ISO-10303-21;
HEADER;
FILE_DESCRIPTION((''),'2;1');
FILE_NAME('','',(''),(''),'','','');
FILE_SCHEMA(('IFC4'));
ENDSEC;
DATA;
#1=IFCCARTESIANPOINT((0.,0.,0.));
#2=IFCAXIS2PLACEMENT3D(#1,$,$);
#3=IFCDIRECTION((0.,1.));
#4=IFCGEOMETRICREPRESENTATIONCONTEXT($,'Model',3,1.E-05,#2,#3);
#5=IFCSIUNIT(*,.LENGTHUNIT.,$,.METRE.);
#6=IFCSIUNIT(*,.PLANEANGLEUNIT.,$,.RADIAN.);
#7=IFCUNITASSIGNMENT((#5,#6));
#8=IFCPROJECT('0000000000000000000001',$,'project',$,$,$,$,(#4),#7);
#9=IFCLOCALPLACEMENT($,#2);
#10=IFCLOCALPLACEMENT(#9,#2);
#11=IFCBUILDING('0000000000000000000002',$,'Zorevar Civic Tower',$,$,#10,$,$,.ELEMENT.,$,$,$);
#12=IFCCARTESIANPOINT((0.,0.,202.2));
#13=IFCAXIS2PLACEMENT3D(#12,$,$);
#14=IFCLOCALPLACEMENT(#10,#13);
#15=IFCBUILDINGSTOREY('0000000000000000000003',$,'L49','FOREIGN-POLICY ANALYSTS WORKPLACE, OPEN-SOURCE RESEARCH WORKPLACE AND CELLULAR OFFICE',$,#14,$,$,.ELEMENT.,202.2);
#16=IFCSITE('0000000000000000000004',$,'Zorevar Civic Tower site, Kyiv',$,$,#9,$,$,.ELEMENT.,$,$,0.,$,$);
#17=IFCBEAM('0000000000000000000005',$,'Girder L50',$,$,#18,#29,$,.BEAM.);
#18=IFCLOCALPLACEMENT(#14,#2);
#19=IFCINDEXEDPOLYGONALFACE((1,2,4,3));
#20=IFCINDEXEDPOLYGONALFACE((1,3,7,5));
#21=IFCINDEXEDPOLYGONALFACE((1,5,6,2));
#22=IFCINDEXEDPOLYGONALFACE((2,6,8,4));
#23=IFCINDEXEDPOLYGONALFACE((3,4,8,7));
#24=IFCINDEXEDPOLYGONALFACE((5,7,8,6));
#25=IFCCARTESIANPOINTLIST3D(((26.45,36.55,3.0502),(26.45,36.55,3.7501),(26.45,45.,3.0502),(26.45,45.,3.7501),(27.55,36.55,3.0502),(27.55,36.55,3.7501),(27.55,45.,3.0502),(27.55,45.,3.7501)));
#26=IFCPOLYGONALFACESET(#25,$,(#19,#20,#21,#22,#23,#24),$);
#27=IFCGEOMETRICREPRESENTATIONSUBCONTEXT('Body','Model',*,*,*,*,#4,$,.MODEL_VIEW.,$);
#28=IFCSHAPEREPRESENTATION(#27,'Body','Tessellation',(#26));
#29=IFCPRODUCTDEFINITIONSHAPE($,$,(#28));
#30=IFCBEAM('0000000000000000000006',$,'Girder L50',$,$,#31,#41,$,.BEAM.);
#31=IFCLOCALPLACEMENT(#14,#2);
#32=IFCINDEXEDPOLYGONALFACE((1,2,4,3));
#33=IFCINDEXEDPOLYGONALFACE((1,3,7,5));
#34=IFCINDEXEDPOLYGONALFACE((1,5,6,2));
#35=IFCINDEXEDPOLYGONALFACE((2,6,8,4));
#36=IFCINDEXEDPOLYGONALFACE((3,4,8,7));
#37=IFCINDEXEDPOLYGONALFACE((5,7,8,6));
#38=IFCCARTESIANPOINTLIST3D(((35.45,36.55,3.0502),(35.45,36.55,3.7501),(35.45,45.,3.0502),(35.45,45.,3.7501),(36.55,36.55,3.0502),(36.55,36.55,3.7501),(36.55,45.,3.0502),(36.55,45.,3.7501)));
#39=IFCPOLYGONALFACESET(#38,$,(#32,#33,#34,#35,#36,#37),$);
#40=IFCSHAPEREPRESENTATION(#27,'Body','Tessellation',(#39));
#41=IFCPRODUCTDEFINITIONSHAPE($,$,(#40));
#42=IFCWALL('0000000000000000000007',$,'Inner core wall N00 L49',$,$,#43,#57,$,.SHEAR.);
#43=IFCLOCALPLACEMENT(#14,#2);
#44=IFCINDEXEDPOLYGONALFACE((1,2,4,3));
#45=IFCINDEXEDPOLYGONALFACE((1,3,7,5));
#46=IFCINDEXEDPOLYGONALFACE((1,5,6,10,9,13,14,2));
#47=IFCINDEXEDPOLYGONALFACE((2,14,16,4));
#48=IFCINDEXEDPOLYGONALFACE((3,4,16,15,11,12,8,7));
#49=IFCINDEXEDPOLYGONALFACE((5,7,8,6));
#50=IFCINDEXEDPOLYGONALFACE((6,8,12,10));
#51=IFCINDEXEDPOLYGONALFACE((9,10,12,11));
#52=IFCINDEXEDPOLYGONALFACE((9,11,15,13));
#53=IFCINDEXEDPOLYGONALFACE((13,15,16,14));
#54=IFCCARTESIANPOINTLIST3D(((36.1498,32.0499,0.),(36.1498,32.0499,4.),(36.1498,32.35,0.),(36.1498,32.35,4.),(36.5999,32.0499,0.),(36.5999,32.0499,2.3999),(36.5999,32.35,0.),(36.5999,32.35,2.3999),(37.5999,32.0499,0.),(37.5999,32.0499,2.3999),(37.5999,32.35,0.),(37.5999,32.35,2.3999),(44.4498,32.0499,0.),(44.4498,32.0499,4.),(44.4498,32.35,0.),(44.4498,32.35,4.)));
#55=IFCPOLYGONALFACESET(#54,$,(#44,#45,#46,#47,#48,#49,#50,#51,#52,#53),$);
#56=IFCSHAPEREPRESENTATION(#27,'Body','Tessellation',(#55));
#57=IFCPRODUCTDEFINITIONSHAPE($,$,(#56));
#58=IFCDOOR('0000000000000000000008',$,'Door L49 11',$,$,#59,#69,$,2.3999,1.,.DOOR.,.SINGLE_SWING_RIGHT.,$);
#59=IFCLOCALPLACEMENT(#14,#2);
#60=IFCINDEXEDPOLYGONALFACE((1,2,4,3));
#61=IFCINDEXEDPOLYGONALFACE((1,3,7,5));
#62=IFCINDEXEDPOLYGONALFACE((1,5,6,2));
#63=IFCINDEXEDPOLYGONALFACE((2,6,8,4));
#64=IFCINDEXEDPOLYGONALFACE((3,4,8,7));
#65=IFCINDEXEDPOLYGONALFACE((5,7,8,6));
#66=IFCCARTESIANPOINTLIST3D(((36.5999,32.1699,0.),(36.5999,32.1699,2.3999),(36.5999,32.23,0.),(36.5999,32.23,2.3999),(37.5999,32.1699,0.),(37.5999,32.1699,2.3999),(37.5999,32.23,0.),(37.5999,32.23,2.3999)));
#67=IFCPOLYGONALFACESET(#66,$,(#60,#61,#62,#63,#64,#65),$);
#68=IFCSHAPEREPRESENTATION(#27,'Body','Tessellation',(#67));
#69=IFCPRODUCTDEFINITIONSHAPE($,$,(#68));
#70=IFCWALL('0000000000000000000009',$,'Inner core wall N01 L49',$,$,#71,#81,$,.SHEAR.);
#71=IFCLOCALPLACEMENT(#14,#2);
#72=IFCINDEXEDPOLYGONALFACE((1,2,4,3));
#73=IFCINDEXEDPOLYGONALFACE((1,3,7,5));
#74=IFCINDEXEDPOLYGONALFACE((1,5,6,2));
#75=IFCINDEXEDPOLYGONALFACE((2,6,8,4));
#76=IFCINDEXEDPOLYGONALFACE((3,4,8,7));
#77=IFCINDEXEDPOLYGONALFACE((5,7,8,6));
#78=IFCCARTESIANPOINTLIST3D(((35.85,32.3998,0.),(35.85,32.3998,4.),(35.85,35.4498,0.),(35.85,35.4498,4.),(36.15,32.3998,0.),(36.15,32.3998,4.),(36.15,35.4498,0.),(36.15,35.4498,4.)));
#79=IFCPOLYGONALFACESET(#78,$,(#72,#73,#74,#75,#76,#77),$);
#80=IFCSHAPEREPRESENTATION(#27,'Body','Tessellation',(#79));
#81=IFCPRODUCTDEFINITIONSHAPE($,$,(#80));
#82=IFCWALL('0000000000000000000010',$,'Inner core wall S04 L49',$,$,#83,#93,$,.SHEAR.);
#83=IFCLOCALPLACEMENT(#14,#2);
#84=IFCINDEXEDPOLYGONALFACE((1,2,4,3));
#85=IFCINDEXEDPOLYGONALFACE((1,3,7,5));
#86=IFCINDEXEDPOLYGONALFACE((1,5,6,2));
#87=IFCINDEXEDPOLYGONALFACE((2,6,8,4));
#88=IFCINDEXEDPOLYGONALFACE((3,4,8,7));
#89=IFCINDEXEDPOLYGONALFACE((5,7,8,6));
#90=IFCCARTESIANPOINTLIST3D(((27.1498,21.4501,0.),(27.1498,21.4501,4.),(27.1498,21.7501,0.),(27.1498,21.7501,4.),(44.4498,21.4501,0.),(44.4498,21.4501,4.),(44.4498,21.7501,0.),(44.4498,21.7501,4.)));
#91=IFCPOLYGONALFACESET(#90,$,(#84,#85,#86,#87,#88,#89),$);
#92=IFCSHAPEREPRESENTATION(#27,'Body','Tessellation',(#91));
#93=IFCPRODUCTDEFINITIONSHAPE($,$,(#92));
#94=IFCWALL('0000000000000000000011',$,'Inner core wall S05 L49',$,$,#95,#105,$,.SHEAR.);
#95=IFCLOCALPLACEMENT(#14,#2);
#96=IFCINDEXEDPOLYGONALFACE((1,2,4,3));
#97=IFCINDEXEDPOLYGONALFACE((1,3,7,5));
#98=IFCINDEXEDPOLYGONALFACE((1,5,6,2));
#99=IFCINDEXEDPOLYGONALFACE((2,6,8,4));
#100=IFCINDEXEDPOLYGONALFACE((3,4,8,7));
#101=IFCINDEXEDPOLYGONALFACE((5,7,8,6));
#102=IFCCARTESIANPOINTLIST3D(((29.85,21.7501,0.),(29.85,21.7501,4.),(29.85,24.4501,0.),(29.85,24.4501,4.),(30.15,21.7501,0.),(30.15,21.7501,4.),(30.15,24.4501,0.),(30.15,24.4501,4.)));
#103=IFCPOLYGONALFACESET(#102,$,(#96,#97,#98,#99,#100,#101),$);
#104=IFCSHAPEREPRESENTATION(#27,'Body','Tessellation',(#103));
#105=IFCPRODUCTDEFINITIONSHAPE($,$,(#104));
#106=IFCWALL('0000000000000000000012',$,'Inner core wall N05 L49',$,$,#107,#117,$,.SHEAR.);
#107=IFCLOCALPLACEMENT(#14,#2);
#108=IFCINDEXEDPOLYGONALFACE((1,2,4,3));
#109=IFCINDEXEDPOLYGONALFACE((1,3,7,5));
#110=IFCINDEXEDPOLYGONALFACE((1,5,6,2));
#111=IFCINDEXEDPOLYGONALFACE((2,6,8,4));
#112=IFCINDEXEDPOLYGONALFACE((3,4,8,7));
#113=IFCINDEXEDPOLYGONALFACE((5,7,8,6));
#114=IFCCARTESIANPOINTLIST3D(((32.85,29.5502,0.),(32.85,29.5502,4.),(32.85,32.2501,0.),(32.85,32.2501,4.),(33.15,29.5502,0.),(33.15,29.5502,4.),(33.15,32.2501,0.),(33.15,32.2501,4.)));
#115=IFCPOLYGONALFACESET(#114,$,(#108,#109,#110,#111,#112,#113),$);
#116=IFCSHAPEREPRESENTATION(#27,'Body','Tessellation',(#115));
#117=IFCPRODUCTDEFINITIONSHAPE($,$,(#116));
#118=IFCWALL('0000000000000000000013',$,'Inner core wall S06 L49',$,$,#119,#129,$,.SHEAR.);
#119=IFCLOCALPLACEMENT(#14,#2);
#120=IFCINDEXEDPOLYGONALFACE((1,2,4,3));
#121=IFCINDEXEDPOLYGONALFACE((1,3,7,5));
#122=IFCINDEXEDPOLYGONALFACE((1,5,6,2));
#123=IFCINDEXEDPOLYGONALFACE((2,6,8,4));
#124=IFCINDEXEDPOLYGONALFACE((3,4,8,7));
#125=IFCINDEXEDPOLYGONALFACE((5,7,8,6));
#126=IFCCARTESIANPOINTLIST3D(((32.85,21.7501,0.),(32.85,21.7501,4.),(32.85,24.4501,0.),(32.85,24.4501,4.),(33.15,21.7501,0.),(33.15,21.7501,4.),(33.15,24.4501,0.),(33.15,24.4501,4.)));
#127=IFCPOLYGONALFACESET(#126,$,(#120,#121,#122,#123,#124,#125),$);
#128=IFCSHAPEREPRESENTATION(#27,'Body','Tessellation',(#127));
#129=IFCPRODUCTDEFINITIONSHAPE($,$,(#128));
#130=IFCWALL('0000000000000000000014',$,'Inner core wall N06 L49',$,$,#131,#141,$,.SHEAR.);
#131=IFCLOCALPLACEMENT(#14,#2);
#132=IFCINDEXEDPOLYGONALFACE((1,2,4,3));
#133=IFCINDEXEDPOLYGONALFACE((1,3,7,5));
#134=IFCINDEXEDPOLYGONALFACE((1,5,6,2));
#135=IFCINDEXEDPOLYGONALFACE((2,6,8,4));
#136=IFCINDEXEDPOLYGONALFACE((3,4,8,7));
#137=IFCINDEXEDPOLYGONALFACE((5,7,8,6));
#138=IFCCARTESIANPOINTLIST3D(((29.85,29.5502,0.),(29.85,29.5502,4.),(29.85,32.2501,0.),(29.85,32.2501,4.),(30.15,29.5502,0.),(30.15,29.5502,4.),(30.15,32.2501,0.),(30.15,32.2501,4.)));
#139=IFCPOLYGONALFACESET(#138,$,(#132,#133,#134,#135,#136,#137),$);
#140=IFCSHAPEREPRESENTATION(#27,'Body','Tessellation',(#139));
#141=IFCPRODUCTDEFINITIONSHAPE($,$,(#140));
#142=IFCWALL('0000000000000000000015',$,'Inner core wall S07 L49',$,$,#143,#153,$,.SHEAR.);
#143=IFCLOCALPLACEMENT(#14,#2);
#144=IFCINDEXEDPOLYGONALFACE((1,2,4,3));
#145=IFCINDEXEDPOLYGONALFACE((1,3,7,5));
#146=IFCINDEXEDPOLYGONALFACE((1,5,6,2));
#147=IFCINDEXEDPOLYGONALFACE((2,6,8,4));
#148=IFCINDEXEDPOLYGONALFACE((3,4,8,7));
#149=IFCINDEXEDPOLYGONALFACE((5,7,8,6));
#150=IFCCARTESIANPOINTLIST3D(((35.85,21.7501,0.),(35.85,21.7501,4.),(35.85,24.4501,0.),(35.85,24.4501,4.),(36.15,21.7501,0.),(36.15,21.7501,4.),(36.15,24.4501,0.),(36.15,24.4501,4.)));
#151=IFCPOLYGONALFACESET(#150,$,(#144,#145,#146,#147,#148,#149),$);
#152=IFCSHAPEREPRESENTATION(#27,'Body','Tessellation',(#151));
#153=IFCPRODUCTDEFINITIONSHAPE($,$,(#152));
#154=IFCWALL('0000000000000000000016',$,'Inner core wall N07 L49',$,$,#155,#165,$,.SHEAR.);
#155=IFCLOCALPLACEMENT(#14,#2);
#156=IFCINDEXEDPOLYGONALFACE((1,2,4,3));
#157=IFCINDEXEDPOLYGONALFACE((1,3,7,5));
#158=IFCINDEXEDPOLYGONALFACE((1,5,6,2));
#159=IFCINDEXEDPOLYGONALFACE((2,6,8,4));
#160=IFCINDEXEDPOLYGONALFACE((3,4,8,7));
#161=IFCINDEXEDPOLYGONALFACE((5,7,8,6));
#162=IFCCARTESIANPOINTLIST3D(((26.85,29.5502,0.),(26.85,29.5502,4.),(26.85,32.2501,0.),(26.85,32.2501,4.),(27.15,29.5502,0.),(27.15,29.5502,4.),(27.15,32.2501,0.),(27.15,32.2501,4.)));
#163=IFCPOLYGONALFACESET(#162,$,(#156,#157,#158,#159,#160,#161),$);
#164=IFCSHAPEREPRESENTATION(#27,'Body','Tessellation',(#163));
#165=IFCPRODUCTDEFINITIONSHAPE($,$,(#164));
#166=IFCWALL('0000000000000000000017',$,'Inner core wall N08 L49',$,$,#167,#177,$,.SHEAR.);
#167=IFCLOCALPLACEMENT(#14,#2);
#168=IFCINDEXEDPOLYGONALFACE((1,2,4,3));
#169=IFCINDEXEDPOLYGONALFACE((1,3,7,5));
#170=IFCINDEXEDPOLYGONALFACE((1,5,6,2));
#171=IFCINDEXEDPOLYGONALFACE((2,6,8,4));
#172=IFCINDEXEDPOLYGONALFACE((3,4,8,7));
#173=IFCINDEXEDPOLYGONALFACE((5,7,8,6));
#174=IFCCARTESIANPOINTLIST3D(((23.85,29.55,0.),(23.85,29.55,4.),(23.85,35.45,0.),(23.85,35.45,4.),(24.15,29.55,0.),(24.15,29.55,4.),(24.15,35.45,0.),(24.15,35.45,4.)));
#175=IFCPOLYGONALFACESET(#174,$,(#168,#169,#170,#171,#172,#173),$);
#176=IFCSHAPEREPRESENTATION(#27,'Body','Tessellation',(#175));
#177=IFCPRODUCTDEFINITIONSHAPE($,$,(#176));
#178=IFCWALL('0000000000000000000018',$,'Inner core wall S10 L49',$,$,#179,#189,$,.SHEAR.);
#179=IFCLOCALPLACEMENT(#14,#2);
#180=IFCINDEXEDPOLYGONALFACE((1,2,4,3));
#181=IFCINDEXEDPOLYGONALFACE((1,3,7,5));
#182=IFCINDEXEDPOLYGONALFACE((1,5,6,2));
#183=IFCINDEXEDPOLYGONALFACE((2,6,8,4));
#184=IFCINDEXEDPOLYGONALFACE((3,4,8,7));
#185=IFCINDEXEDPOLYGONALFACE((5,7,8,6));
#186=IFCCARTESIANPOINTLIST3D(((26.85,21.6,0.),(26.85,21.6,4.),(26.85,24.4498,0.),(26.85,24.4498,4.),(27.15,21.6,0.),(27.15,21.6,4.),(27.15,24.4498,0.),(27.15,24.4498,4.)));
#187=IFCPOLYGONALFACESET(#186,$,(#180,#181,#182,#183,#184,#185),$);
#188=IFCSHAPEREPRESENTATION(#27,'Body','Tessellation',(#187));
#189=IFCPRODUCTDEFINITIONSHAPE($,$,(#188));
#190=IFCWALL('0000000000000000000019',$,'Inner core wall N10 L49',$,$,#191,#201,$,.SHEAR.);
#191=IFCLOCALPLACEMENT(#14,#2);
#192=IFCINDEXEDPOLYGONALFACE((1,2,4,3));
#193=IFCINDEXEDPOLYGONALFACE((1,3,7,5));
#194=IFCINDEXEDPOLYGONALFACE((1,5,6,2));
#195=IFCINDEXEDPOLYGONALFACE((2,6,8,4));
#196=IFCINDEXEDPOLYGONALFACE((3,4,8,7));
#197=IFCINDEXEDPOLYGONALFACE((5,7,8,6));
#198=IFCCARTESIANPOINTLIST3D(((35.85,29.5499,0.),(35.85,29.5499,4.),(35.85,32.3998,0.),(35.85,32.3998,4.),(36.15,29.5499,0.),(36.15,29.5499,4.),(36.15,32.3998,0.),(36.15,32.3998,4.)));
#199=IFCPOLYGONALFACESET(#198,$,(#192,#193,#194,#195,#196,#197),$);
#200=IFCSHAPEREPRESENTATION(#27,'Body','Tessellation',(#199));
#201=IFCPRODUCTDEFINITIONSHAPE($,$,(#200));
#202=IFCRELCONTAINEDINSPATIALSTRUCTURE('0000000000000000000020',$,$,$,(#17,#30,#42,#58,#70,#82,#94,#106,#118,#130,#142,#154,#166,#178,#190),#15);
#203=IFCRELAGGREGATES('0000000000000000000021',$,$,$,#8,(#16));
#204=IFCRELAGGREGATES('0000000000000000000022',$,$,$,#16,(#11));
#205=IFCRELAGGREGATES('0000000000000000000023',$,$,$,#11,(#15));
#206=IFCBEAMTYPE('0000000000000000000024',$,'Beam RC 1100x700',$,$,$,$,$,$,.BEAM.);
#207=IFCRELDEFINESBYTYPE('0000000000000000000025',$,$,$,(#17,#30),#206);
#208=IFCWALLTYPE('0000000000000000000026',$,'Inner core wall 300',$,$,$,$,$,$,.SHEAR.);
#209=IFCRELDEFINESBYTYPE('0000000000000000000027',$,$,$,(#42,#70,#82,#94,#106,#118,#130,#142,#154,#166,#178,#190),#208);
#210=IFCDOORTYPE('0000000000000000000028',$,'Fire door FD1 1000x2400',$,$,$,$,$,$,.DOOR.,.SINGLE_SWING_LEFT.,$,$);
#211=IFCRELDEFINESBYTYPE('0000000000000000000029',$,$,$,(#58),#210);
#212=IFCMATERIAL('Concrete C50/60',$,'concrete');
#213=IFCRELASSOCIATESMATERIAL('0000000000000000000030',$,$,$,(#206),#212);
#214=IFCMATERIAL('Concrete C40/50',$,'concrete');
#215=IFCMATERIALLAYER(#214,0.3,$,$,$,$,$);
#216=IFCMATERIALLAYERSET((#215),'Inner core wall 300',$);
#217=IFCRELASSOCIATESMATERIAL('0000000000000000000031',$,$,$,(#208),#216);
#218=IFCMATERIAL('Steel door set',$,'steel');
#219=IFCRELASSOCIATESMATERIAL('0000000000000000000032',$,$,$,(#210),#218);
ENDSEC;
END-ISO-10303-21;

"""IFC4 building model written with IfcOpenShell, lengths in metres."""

from ifc_helpers import new_model, si_unit, direction, frame, frame_2d, origin, origin_2d, place, context, subcontext, project, spatial, rectangle, extrude, material, layer, layer_set, material_profile, profile_set, type_object, element, fill, save


model = new_model("IFC4")

# Units and contexts
model_context = context("Model", 3, precision=1e-05, world=origin(), true_north=direction((0.0, 1.0)))
body_context = subcontext(model_context, "Body", "Model", "MODEL_VIEW")
ifc_project = project(units=[si_unit("LENGTHUNIT", "METRE"), si_unit("PLANEANGLEUNIT", "RADIAN")], contexts=[model_context])

# Site, building, storey
site_placement = place(None, origin())
site = spatial("IfcSite", under=ifc_project, at=site_placement, Name="Zorevar Civic Tower site, Kyiv", CompositionType="ELEMENT", RefElevation=0.0)
building_placement = place(site_placement, origin())
building = spatial("IfcBuilding", under=site, at=building_placement, Name="Zorevar Civic Tower", CompositionType="ELEMENT")
storey_placement = place(building_placement, frame((0.0, 0.0, 202.2)))
storey = spatial("IfcBuildingStorey", under=building, at=storey_placement, Name="L49", Description="FOREIGN-POLICY ANALYSTS WORKPLACE, OPEN-SOURCE RESEARCH WORKPLACE AND CELLULAR OFFICE", CompositionType="ELEMENT", Elevation=202.2)

# Beams
ifc_material_1 = material(Name="Concrete C50/60", Category="concrete")
ifc_material_profile = material_profile(ifc_material_1, rectangle(XDim=1.1001, YDim=0.7, at=origin_2d()), Name="RC 1100x700")
ifc_profile_set = profile_set([ifc_material_profile], Name="Concrete C50/60")
beam_type = type_object("IfcBeamType", Name="Beam RC 1100x700", PredefinedType="BEAM", material=ifc_profile_set)
for number, where, z_axis, x_axis, name in (
    (1, (27.0, 36.55, 3.4001), (0.0, 1.0, 0.0), (-1.0, 0.0, 0.0), "Girder L50"),
    (2, (36.0, 36.55, 3.4001), (0.0, 1.0, 0.0), (-1.0, 0.0, 0.0), "Girder L50"),
):
    element("IfcBeam", number, at=place(storey_placement, frame(where, z_axis=z_axis, x_axis=x_axis)), inside=storey, type_object=beam_type, Name=name, PredefinedType="BEAM", context=body_context, shape_type="SweptSolid", body=[
        extrude(rectangle(XDim=1.1001, YDim=0.7, at=origin_2d()), origin(), (0.0, 0.0, 1.0), 8.45),
    ])

# Wall, opening, door
ifc_material_2 = material(Name="Concrete C40/50", Category="concrete")
ifc_layer_1 = layer(ifc_material_2, 0.3)
ifc_layer_set_1 = layer_set([ifc_layer_1], Name="Inner core wall 300")
wall_type_1 = type_object("IfcWallType", Name="Inner core wall 300", PredefinedType="SHEAR", material=ifc_layer_set_1)
wall_1_placement = place(storey_placement, frame((36.1499, 32.2, 0.0), z_axis=(0.0, 0.0, 1.0), x_axis=(1.0, 0.0, 0.0)))
wall_1 = element("IfcWall", 3, at=wall_1_placement, inside=storey, type_object=wall_type_1, Name="Inner core wall N00 L49", PredefinedType="SHEAR", context=body_context, shape_type="SweptSolid", body=[
    extrude(rectangle(XDim=8.3, YDim=0.3, at=frame_2d((4.1499, 0.0))), origin(), (0.0, 0.0, 1.0), 4.0),
])
opening_1_placement = place(wall_1_placement, frame((0.45, 0.0, 0.0)))
opening_1 = element("IfcOpeningElement", 4, at=opening_1_placement, cuts=wall_1, PredefinedType="OPENING", context=body_context, shape_type="SweptSolid", body=[
    extrude(rectangle(XDim=1.0, YDim=2.3999, at=frame_2d((0.5, 1.2))), frame((0.0, 0.1599, 0.0), z_axis=(0.0, -1.0, 0.0), x_axis=(1.0, 0.0, 0.0)), (0.0, 0.0, 1.0), 0.3201),
])
ifc_material_3 = material(Name="Steel door set", Category="steel")
door_type_1 = type_object("IfcDoorType", Name="Fire door FD1 1000x2400", OperationType="SINGLE_SWING_LEFT", PredefinedType="DOOR", material=ifc_material_3)
door_1_placement = place(opening_1_placement, origin())
door_1 = element("IfcDoor", 5, at=door_1_placement, inside=storey, type_object=door_type_1, Name="Door L49 11", OperationType="SINGLE_SWING_RIGHT", OverallHeight=2.3999, OverallWidth=1.0, PredefinedType="DOOR", context=body_context, shape_type="SweptSolid", body=[
    extrude(rectangle(XDim=1.0, YDim=2.3999, at=frame_2d((0.5, 1.2))), frame((0.0, 0.03, 0.0), z_axis=(0.0, -1.0, 0.0), x_axis=(1.0, 0.0, 0.0)), (0.0, 0.0, 1.0), 0.0601),
])
fill(opening_1, door_1)

# Walls
wall_2_placement = place(storey_placement, frame((36.0, 32.3999, 0.0), z_axis=(0.0, 0.0, 1.0), x_axis=(0.0, 1.0, 0.0)))
element("IfcWall", 6, at=wall_2_placement, inside=storey, type_object=wall_type_1, Name="Inner core wall N01 L49", PredefinedType="SHEAR", context=body_context, shape_type="SweptSolid", body=[
    extrude(rectangle(XDim=3.05, YDim=0.3, at=frame_2d((1.5249, 0.0))), origin(), (0.0, 0.0, 1.0), 4.0),
])
wall_3_placement = place(storey_placement, frame((27.1499, 21.6001, 0.0), z_axis=(0.0, 0.0, 1.0), x_axis=(1.0, 0.0, 0.0)))
element("IfcWall", 7, at=wall_3_placement, inside=storey, type_object=wall_type_1, Name="Inner core wall S04 L49", PredefinedType="SHEAR", context=body_context, shape_type="SweptSolid", body=[
    extrude(rectangle(XDim=17.3, YDim=0.3, at=frame_2d((8.6499, 0.0))), origin(), (0.0, 0.0, 1.0), 4.0),
])
for number, where, z_axis, x_axis, name in (
    (8, (30.0, 21.75, 0.0), (0.0, 0.0, 1.0), (0.0, 1.0, 0.0), "Inner core wall S05 L49"),
    (9, (33.0, 29.55, 0.0), (0.0, 0.0, 1.0), (0.0, 1.0, 0.0), "Inner core wall N05 L49"),
    (10, (33.0, 21.75, 0.0), (0.0, 0.0, 1.0), (0.0, 1.0, 0.0), "Inner core wall S06 L49"),
    (11, (30.0, 29.55, 0.0), (0.0, 0.0, 1.0), (0.0, 1.0, 0.0), "Inner core wall N06 L49"),
    (12, (36.0, 21.75, 0.0), (0.0, 0.0, 1.0), (0.0, 1.0, 0.0), "Inner core wall S07 L49"),
    (13, (27.0, 29.55, 0.0), (0.0, 0.0, 1.0), (0.0, 1.0, 0.0), "Inner core wall N07 L49"),
):
    element("IfcWall", number, at=place(storey_placement, frame(where, z_axis=z_axis, x_axis=x_axis)), inside=storey, type_object=wall_type_1, Name=name, PredefinedType="SHEAR", context=body_context, shape_type="SweptSolid", body=[
        extrude(rectangle(XDim=2.7, YDim=0.3, at=frame_2d((1.3501, 0.0))), origin(), (0.0, 0.0, 1.0), 4.0),
    ])
wall_4_placement = place(storey_placement, frame((24.0, 29.55, 0.0), z_axis=(0.0, 0.0, 1.0), x_axis=(0.0, 1.0, 0.0)))
element("IfcWall", 14, at=wall_4_placement, inside=storey, type_object=wall_type_1, Name="Inner core wall N08 L49", PredefinedType="SHEAR", context=body_context, shape_type="SweptSolid", body=[
    extrude(rectangle(XDim=5.8999, YDim=0.3, at=frame_2d((2.95, 0.0))), origin(), (0.0, 0.0, 1.0), 4.0),
])
for number, where, z_axis, x_axis, name in (
    (15, (27.0, 21.6001, 0.0), (0.0, 0.0, 1.0), (0.0, 1.0, 0.0), "Inner core wall S10 L49"),
    (16, (36.0, 29.55, 0.0), (0.0, 0.0, 1.0), (0.0, 1.0, 0.0), "Inner core wall N10 L49"),
):
    element("IfcWall", number, at=place(storey_placement, frame(where, z_axis=z_axis, x_axis=x_axis)), inside=storey, type_object=wall_type_1, Name=name, PredefinedType="SHEAR", context=body_context, shape_type="SweptSolid", body=[
        extrude(rectangle(XDim=2.8499, YDim=0.3, at=frame_2d((1.4248, 0.0))), origin(), (0.0, 0.0, 1.0), 4.0),
    ])

save(model, "model.ifc")
